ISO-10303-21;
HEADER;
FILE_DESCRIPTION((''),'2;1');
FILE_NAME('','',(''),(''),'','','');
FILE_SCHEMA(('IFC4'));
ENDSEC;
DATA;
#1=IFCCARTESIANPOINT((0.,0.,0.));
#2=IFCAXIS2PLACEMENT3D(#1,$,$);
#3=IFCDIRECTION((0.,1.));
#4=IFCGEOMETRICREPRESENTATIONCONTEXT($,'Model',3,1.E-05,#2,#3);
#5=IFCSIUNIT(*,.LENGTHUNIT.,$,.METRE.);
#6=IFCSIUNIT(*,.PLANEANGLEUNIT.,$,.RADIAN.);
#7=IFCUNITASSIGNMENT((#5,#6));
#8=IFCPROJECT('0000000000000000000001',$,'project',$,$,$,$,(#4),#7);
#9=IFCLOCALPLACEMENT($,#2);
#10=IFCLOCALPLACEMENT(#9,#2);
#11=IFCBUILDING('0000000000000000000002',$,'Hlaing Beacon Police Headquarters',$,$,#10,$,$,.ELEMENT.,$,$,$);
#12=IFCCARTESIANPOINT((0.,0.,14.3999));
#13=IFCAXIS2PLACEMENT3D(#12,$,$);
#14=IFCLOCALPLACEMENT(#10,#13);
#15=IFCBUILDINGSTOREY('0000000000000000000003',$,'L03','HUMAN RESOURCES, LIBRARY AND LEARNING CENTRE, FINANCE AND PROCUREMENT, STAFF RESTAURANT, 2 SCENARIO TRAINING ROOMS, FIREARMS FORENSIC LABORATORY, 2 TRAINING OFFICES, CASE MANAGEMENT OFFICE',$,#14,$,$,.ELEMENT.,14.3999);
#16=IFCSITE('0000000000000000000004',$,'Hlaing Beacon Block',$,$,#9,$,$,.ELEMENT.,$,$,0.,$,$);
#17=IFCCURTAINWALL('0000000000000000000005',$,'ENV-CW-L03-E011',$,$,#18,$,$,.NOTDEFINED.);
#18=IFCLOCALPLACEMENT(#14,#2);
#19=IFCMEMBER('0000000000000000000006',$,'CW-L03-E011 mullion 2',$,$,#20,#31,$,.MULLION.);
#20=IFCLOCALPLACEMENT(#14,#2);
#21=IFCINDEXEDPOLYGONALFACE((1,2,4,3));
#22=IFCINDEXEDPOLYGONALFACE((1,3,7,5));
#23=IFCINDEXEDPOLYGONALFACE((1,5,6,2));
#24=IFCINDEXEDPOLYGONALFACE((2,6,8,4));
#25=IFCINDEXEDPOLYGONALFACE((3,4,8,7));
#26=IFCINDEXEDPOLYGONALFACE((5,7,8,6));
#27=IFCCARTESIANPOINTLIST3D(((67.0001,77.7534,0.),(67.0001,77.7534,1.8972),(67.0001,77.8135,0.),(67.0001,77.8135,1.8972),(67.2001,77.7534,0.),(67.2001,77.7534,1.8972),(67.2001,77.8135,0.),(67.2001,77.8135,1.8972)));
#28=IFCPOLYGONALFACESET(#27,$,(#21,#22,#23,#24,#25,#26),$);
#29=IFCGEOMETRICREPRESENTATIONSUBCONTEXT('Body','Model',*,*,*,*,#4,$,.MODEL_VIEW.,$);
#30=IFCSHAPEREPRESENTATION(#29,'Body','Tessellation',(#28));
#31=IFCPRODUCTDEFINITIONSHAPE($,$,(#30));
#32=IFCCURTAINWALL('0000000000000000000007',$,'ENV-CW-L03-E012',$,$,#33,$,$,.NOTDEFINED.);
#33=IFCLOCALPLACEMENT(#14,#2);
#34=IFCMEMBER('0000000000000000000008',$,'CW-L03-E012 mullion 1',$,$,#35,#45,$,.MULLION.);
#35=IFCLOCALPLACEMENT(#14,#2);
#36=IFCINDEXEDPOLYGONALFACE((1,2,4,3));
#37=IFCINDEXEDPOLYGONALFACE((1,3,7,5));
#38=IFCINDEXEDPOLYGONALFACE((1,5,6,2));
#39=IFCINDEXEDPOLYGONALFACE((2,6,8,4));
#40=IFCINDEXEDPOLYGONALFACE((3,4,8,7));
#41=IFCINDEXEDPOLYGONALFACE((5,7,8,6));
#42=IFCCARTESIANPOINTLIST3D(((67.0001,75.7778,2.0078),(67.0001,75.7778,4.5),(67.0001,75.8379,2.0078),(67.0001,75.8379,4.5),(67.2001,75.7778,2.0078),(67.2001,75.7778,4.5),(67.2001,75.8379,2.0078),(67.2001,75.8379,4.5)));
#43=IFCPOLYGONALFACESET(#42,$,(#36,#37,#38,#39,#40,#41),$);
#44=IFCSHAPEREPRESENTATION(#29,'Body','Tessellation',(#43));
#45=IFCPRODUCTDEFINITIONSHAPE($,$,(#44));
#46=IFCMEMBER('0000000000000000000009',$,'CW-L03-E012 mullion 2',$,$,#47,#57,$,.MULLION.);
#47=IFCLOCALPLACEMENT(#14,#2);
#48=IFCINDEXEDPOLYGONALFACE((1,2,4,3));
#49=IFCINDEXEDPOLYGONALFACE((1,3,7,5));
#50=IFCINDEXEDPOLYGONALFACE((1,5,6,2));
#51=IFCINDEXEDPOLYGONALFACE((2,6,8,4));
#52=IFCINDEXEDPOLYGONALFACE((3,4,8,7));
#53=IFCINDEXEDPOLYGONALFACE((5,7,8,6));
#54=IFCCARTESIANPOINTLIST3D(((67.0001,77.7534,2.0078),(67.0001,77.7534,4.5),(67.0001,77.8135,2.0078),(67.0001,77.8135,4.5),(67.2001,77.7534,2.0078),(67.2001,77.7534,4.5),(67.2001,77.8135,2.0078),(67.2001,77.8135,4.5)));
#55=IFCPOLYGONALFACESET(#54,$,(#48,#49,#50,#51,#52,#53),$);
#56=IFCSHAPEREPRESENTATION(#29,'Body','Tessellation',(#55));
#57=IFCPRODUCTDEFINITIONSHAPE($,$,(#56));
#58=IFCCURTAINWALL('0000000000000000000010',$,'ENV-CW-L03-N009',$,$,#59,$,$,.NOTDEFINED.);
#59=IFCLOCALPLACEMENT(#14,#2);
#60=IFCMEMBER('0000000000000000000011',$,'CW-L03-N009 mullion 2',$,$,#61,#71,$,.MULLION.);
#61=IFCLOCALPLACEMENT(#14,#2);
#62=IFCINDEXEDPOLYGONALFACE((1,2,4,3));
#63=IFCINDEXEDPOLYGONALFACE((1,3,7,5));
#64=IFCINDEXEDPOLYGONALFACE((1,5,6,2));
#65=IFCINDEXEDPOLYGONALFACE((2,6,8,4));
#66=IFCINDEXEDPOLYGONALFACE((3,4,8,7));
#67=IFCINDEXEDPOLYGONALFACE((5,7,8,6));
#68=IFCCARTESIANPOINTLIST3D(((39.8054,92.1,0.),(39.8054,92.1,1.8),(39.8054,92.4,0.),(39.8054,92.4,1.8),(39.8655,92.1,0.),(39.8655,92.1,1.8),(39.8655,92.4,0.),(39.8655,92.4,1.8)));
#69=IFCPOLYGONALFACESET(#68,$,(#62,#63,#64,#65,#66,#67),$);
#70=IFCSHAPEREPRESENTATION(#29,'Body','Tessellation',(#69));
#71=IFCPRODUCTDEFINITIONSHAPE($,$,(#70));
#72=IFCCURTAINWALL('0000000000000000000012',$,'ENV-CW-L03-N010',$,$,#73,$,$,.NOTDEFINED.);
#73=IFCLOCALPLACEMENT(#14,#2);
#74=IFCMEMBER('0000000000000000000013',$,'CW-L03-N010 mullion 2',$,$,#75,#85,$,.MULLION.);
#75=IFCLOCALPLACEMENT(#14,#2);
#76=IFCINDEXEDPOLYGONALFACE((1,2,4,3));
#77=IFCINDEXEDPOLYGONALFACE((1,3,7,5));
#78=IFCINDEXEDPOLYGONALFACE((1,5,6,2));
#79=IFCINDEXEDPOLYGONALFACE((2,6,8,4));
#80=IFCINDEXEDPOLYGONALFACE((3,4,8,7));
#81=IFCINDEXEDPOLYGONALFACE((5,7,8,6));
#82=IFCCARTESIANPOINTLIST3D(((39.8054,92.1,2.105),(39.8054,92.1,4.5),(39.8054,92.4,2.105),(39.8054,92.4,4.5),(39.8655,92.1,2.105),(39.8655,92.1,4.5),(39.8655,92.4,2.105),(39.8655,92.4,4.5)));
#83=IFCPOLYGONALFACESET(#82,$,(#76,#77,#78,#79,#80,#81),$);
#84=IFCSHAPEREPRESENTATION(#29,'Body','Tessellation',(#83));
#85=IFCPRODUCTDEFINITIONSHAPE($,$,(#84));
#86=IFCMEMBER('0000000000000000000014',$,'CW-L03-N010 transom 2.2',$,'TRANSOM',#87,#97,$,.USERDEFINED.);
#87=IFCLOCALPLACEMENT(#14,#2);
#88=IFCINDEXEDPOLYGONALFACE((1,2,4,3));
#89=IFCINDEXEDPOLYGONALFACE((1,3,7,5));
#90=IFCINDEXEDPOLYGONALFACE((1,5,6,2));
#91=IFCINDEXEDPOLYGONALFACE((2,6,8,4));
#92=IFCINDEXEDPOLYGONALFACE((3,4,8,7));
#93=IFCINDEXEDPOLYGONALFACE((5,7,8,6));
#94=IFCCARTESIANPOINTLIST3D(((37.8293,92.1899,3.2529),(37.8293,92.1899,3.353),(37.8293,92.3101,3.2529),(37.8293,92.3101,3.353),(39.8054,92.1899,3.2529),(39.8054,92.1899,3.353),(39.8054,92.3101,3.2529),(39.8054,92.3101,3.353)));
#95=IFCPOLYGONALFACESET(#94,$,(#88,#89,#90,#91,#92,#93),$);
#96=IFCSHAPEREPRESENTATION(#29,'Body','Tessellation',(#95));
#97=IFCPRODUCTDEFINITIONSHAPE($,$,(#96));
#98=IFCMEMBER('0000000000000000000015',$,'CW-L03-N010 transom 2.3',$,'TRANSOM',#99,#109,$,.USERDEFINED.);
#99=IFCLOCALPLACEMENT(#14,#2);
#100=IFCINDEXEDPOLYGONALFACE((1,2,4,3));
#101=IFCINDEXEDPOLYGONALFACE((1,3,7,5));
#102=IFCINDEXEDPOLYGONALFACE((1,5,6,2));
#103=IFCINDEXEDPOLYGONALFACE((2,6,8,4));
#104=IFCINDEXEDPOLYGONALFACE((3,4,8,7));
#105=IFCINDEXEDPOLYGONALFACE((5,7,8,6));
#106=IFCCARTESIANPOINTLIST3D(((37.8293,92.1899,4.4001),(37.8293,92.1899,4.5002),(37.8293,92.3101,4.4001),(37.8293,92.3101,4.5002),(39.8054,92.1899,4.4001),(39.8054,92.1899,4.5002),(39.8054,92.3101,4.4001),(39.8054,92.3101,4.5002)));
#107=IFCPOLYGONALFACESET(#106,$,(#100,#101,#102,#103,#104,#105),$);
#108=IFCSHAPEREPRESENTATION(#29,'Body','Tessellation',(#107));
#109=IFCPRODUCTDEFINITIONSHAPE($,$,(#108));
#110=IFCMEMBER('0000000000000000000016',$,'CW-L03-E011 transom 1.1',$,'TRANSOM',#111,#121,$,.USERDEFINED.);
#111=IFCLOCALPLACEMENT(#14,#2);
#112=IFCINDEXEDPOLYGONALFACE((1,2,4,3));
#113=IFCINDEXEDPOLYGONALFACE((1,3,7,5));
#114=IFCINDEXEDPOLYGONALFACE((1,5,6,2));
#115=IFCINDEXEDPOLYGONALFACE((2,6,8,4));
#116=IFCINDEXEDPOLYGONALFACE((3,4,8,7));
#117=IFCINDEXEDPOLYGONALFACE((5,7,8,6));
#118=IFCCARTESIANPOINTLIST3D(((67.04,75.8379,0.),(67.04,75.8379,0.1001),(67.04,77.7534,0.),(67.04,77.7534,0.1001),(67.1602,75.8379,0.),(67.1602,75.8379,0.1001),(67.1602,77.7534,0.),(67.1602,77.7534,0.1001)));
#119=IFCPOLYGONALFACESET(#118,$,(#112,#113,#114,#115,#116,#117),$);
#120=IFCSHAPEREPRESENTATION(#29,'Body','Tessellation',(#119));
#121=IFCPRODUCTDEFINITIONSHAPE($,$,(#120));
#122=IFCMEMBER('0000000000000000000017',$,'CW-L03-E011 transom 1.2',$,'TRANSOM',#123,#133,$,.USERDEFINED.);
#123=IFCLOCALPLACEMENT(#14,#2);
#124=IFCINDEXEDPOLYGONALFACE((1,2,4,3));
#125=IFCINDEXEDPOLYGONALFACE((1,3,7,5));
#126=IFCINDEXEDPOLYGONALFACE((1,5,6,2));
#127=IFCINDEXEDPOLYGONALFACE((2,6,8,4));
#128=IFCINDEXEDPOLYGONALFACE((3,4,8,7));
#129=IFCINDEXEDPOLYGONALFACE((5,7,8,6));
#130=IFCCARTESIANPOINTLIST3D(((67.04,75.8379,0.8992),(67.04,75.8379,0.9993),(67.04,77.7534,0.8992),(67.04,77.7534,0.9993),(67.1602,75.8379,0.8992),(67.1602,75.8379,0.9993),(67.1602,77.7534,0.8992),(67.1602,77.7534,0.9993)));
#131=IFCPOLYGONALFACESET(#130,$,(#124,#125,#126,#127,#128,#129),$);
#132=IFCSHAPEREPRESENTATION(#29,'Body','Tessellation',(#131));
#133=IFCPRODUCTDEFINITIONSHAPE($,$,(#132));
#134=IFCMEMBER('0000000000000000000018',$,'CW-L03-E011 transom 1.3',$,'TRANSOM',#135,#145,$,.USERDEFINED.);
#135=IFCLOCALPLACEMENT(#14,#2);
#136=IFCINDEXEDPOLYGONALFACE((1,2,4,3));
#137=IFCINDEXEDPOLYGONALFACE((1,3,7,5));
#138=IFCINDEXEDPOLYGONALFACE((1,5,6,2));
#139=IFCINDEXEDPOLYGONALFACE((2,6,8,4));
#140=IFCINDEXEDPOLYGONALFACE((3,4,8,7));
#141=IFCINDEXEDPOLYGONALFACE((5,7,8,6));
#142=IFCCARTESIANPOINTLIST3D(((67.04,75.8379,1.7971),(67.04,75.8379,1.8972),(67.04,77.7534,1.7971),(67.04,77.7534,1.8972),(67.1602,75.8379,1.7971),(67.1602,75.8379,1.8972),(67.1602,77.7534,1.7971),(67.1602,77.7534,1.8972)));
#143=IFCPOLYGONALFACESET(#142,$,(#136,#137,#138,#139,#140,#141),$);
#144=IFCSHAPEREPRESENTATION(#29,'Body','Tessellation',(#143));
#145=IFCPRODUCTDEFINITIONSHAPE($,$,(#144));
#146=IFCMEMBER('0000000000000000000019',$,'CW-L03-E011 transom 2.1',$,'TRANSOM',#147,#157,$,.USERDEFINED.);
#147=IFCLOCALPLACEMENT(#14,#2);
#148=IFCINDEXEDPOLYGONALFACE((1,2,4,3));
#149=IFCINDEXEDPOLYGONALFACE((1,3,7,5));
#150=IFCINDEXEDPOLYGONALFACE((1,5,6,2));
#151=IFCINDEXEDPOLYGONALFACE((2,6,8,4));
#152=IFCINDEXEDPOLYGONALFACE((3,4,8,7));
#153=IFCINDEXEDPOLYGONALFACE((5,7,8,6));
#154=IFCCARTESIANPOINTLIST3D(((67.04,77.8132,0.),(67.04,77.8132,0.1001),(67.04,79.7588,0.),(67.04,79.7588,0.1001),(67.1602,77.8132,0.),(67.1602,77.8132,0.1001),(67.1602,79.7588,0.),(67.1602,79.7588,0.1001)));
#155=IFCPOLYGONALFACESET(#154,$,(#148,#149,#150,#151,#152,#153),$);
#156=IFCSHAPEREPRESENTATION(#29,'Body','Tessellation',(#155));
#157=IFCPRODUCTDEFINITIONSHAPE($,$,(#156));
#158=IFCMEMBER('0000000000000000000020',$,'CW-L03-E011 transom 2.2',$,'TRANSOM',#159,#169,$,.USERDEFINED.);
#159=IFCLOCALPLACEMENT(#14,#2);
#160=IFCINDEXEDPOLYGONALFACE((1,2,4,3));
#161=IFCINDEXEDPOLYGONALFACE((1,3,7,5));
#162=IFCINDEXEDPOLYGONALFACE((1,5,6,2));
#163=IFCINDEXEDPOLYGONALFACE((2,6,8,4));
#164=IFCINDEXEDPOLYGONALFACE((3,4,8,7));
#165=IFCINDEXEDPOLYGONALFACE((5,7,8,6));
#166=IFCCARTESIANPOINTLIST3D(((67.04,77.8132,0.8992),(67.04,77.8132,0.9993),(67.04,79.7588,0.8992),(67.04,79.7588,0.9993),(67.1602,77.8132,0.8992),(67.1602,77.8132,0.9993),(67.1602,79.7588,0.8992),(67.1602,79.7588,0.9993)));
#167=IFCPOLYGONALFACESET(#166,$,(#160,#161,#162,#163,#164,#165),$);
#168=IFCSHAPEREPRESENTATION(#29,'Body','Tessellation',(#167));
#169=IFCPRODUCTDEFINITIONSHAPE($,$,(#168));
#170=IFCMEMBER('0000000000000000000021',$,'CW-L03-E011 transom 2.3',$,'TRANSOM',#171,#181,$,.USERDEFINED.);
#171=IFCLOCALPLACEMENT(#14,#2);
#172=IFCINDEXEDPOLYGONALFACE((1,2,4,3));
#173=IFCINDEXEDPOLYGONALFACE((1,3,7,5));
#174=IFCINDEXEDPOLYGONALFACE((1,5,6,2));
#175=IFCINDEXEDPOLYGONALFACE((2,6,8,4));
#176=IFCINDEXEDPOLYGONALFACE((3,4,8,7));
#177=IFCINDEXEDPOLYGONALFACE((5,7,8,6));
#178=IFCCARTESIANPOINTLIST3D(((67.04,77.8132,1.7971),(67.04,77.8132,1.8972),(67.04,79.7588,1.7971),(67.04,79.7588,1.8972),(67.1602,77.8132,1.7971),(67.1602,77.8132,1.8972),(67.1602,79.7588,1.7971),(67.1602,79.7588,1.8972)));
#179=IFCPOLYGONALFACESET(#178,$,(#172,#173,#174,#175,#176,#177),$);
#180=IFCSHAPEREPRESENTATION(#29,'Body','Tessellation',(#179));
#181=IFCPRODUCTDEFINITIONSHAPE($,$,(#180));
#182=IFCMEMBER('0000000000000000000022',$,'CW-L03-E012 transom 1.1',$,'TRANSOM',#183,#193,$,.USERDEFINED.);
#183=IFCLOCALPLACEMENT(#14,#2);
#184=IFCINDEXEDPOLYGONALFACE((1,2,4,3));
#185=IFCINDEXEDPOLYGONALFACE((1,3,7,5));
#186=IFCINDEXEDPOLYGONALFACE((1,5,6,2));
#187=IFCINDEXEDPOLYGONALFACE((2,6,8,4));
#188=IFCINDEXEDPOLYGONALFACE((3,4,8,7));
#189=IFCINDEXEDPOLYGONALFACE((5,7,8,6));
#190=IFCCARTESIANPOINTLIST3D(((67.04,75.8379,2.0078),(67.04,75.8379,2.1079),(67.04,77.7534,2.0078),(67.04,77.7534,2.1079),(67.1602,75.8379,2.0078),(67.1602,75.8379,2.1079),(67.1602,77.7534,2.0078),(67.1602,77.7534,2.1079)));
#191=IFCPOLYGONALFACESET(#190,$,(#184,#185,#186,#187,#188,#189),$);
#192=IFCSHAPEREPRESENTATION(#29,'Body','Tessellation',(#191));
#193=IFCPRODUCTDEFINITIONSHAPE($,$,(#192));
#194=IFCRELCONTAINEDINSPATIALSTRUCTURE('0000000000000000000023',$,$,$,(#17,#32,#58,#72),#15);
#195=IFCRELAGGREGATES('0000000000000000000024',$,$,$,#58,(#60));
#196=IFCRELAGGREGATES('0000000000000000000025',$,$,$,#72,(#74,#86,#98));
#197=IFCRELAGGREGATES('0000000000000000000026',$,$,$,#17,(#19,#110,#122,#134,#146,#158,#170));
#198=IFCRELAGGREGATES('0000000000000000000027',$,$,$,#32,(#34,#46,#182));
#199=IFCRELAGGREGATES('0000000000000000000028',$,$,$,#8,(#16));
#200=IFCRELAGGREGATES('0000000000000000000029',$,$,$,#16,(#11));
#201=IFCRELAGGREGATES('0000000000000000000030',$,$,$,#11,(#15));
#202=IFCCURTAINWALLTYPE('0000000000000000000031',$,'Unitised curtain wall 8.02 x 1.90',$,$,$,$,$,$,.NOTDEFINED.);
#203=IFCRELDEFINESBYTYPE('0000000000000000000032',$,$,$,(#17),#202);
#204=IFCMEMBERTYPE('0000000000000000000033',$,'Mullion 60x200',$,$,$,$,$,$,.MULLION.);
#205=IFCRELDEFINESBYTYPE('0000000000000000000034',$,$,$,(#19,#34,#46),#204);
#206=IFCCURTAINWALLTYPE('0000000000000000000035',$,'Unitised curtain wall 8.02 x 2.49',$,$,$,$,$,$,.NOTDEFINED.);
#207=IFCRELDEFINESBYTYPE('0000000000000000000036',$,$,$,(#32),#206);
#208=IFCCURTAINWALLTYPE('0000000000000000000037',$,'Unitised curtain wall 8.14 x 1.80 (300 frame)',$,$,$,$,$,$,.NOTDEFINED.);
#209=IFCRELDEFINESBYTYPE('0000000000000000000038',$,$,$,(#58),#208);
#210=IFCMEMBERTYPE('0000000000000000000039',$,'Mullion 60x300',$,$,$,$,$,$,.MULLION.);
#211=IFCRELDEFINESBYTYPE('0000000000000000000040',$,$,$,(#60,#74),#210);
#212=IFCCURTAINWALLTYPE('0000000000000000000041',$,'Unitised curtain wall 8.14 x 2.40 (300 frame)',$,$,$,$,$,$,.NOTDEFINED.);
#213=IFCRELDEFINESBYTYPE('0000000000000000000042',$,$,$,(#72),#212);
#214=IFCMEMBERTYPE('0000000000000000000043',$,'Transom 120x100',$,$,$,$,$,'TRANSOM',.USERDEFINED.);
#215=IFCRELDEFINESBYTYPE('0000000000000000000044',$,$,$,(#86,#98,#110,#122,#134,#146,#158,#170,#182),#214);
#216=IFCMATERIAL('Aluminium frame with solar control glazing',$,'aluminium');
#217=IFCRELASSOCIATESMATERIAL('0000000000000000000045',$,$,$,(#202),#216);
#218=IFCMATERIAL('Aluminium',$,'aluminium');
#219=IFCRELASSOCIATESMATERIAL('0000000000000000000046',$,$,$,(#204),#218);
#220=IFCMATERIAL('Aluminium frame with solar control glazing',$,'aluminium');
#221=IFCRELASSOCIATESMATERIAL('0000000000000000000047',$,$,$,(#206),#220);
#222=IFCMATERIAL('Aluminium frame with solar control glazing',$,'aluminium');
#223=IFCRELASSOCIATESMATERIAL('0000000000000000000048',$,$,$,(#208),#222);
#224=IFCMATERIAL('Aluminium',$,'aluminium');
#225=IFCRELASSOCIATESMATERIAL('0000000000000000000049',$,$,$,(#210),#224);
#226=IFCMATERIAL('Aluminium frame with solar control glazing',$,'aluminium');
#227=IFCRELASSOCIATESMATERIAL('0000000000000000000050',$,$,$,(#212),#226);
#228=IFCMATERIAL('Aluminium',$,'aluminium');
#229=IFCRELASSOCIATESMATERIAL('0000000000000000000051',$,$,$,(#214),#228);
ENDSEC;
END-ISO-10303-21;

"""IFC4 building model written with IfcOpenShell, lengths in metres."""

from ifc_helpers import new_model, si_unit, direction, frame, origin, origin_2d, place, context, subcontext, project, spatial, rectangle, extrude, material, material_profile, profile_set, type_object, element, aggregate, save


model = new_model("IFC4")

# Units and contexts
model_context = context("Model", 3, precision=1e-05, world=origin(), true_north=direction((0.0, 1.0)))
body_context = subcontext(model_context, "Body", "Model", "MODEL_VIEW")
ifc_project = project(units=[si_unit("LENGTHUNIT", "METRE"), si_unit("PLANEANGLEUNIT", "RADIAN")], contexts=[model_context])

# Site, building, storey
site_placement = place(None, origin())
site = spatial("IfcSite", under=ifc_project, at=site_placement, Name="Hlaing Beacon Block", CompositionType="ELEMENT", RefElevation=0.0)
building_placement = place(site_placement, origin())
building = spatial("IfcBuilding", under=site, at=building_placement, Name="Hlaing Beacon Police Headquarters", CompositionType="ELEMENT")
storey_placement = place(building_placement, frame((0.0, 0.0, 14.3999)))
storey = spatial("IfcBuildingStorey", under=building, at=storey_placement, Name="L03", Description="HUMAN RESOURCES, LIBRARY AND LEARNING CENTRE, FINANCE AND PROCUREMENT, STAFF RESTAURANT, 2 SCENARIO TRAINING ROOMS, FIREARMS FORENSIC LABORATORY, 2 TRAINING OFFICES, CASE MANAGEMENT OFFICE", CompositionType="ELEMENT", Elevation=14.3999)

# Curtain wall, member
ifc_material_1 = material(Name="Aluminium frame with solar control glazing", Category="aluminium")
curtain_wall_type_1 = type_object("IfcCurtainWallType", Name="Unitised curtain wall 8.02 x 1.90", PredefinedType="NOTDEFINED", material=ifc_material_1)
curtain_wall_1_placement = place(storey_placement, origin())
curtain_wall_1 = element("IfcCurtainWall", 1, at=curtain_wall_1_placement, inside=storey, type_object=curtain_wall_type_1, Name="ENV-CW-L03-E011", PredefinedType="NOTDEFINED")
ifc_material_2 = material(Name="Aluminium", Category="aluminium")
ifc_material_profile_1 = material_profile(ifc_material_2, rectangle(XDim=0.2, YDim=0.0601, at=origin_2d()), Name="Mullion 60x200")
ifc_profile_set_1 = profile_set([ifc_material_profile_1], Name="Aluminium")
member_type_1 = type_object("IfcMemberType", Name="Mullion 60x200", PredefinedType="MULLION", material=ifc_profile_set_1)
member_1_placement = place(storey_placement, frame((67.1001, 77.7834, 0.0), z_axis=(0.0, 0.0, 1.0), x_axis=(-1.0, 0.0, 0.0)))
member_1 = element("IfcMember", 2, at=member_1_placement, type_object=member_type_1, Name="CW-L03-E011 mullion 2", PredefinedType="MULLION", context=body_context, shape_type="SweptSolid", body=[
    extrude(rectangle(XDim=0.2, YDim=0.0601, at=origin_2d()), origin(), (0.0, 0.0, 1.0), 1.8972),
])

# Curtain wall, members
ifc_material_3 = material(Name="Aluminium frame with solar control glazing", Category="aluminium")
curtain_wall_type_2 = type_object("IfcCurtainWallType", Name="Unitised curtain wall 8.02 x 2.49", PredefinedType="NOTDEFINED", material=ifc_material_3)
curtain_wall_2_placement = place(storey_placement, origin())
curtain_wall_2 = element("IfcCurtainWall", 3, at=curtain_wall_2_placement, inside=storey, type_object=curtain_wall_type_2, Name="ENV-CW-L03-E012", PredefinedType="NOTDEFINED")
member_2_placement = place(storey_placement, frame((67.1001, 75.8079, 2.0078), z_axis=(0.0, 0.0, 1.0), x_axis=(-1.0, 0.0, 0.0)))
member_2 = element("IfcMember", 4, at=member_2_placement, type_object=member_type_1, Name="CW-L03-E012 mullion 1", PredefinedType="MULLION", context=body_context, shape_type="SweptSolid", body=[
    extrude(rectangle(XDim=0.2, YDim=0.0601, at=origin_2d()), origin(), (0.0, 0.0, 1.0), 2.4922),
])
member_3_placement = place(storey_placement, frame((67.1001, 77.7834, 2.0078), z_axis=(0.0, 0.0, 1.0), x_axis=(-1.0, 0.0, 0.0)))
member_3 = element("IfcMember", 5, at=member_3_placement, type_object=member_type_1, Name="CW-L03-E012 mullion 2", PredefinedType="MULLION", context=body_context, shape_type="SweptSolid", body=[
    extrude(rectangle(XDim=0.2, YDim=0.0601, at=origin_2d()), origin(), (0.0, 0.0, 1.0), 2.4922),
])

# Curtain wall, member
ifc_material_4 = material(Name="Aluminium frame with solar control glazing", Category="aluminium")
curtain_wall_type_3 = type_object("IfcCurtainWallType", Name="Unitised curtain wall 8.14 x 1.80 (300 frame)", PredefinedType="NOTDEFINED", material=ifc_material_4)
curtain_wall_3_placement = place(storey_placement, origin())
curtain_wall_3 = element("IfcCurtainWall", 6, at=curtain_wall_3_placement, inside=storey, type_object=curtain_wall_type_3, Name="ENV-CW-L03-N009", PredefinedType="NOTDEFINED")
ifc_material_5 = material(Name="Aluminium", Category="aluminium")
ifc_material_profile_2 = material_profile(ifc_material_5, rectangle(XDim=0.3, YDim=0.0601, at=origin_2d()), Name="Mullion 60x300")
ifc_profile_set_2 = profile_set([ifc_material_profile_2], Name="Aluminium")
member_type_2 = type_object("IfcMemberType", Name="Mullion 60x300", PredefinedType="MULLION", material=ifc_profile_set_2)
member_4_placement = place(storey_placement, frame((39.8354, 92.25, 0.0), z_axis=(0.0, 0.0, 1.0), x_axis=(0.0, -1.0, 0.0)))
member_4 = element("IfcMember", 7, at=member_4_placement, type_object=member_type_2, Name="CW-L03-N009 mullion 2", PredefinedType="MULLION", context=body_context, shape_type="SweptSolid", body=[
    extrude(rectangle(XDim=0.3, YDim=0.0601, at=origin_2d()), origin(), (0.0, 0.0, 1.0), 1.8),
])
aggregate(curtain_wall_3, [member_4])

# Curtain wall, members
ifc_material_6 = material(Name="Aluminium frame with solar control glazing", Category="aluminium")
curtain_wall_type_4 = type_object("IfcCurtainWallType", Name="Unitised curtain wall 8.14 x 2.40 (300 frame)", PredefinedType="NOTDEFINED", material=ifc_material_6)
curtain_wall_4_placement = place(storey_placement, origin())
curtain_wall_4 = element("IfcCurtainWall", 8, at=curtain_wall_4_placement, inside=storey, type_object=curtain_wall_type_4, Name="ENV-CW-L03-N010", PredefinedType="NOTDEFINED")
member_5_placement = place(storey_placement, frame((39.8354, 92.25, 2.105), z_axis=(0.0, 0.0, 1.0), x_axis=(0.0, -1.0, 0.0)))
member_5 = element("IfcMember", 9, at=member_5_placement, type_object=member_type_2, Name="CW-L03-N010 mullion 2", PredefinedType="MULLION", context=body_context, shape_type="SweptSolid", body=[
    extrude(rectangle(XDim=0.3, YDim=0.0601, at=origin_2d()), origin(), (0.0, 0.0, 1.0), 2.395),
])
ifc_material_7 = material(Name="Aluminium", Category="aluminium")
ifc_material_profile_3 = material_profile(ifc_material_7, rectangle(XDim=0.1201, YDim=0.1001, at=origin_2d()), Name="Transom 120x100")
ifc_profile_set_3 = profile_set([ifc_material_profile_3], Name="Aluminium")
member_type_3 = type_object("IfcMemberType", Name="Transom 120x100", ElementType="TRANSOM", PredefinedType="USERDEFINED", material=ifc_profile_set_3)
member_6_placement = place(storey_placement, frame((39.8054, 92.25, 3.303), z_axis=(-1.0, 0.0, 0.0), x_axis=(0.0, -1.0, 0.0)))
member_6 = element("IfcMember", 10, at=member_6_placement, type_object=member_type_3, Name="CW-L03-N010 transom 2.2", ObjectType="TRANSOM", PredefinedType="USERDEFINED", context=body_context, shape_type="SweptSolid", body=[
    extrude(rectangle(XDim=0.1201, YDim=0.1001, at=origin_2d()), origin(), (0.0, 0.0, 1.0), 1.9761),
])
member_7_placement = place(storey_placement, frame((39.8054, 92.25, 4.4502), z_axis=(-1.0, 0.0, 0.0), x_axis=(0.0, -1.0, 0.0)))
member_7 = element("IfcMember", 11, at=member_7_placement, type_object=member_type_3, Name="CW-L03-N010 transom 2.3", ObjectType="TRANSOM", PredefinedType="USERDEFINED", context=body_context, shape_type="SweptSolid", body=[
    extrude(rectangle(XDim=0.1201, YDim=0.1001, at=origin_2d()), origin(), (0.0, 0.0, 1.0), 1.9761),
])
aggregate(curtain_wall_4, [member_5, member_6, member_7])

# Members
member_8_placement = place(storey_placement, frame((67.1001, 75.8379, 0.05), z_axis=(0.0, 1.0, 0.0), x_axis=(-1.0, 0.0, 0.0)))
member_8 = element("IfcMember", 12, at=member_8_placement, type_object=member_type_3, Name="CW-L03-E011 transom 1.1", ObjectType="TRANSOM", PredefinedType="USERDEFINED", context=body_context, shape_type="SweptSolid", body=[
    extrude(rectangle(XDim=0.1201, YDim=0.1001, at=origin_2d()), origin(), (0.0, 0.0, 1.0), 1.9155),
])
member_9_placement = place(storey_placement, frame((67.1001, 75.8379, 0.9492), z_axis=(0.0, 1.0, 0.0), x_axis=(-1.0, 0.0, 0.0)))
member_9 = element("IfcMember", 13, at=member_9_placement, type_object=member_type_3, Name="CW-L03-E011 transom 1.2", ObjectType="TRANSOM", PredefinedType="USERDEFINED", context=body_context, shape_type="SweptSolid", body=[
    extrude(rectangle(XDim=0.1201, YDim=0.1001, at=origin_2d()), origin(), (0.0, 0.0, 1.0), 1.9155),
])
member_10_placement = place(storey_placement, frame((67.1001, 75.8379, 1.8472), z_axis=(0.0, 1.0, 0.0), x_axis=(-1.0, 0.0, 0.0)))
member_10 = element("IfcMember", 14, at=member_10_placement, type_object=member_type_3, Name="CW-L03-E011 transom 1.3", ObjectType="TRANSOM", PredefinedType="USERDEFINED", context=body_context, shape_type="SweptSolid", body=[
    extrude(rectangle(XDim=0.1201, YDim=0.1001, at=origin_2d()), origin(), (0.0, 0.0, 1.0), 1.9155),
])
member_11_placement = place(storey_placement, frame((67.1001, 77.8132, 0.05), z_axis=(0.0, 1.0, 0.0), x_axis=(-1.0, 0.0, 0.0)))
member_11 = element("IfcMember", 15, at=member_11_placement, type_object=member_type_3, Name="CW-L03-E011 transom 2.1", ObjectType="TRANSOM", PredefinedType="USERDEFINED", context=body_context, shape_type="SweptSolid", body=[
    extrude(rectangle(XDim=0.1201, YDim=0.1001, at=origin_2d()), origin(), (0.0, 0.0, 1.0), 1.9456),
])
member_12_placement = place(storey_placement, frame((67.1001, 77.8132, 0.9492), z_axis=(0.0, 1.0, 0.0), x_axis=(-1.0, 0.0, 0.0)))
member_12 = element("IfcMember", 16, at=member_12_placement, type_object=member_type_3, Name="CW-L03-E011 transom 2.2", ObjectType="TRANSOM", PredefinedType="USERDEFINED", context=body_context, shape_type="SweptSolid", body=[
    extrude(rectangle(XDim=0.1201, YDim=0.1001, at=origin_2d()), origin(), (0.0, 0.0, 1.0), 1.9456),
])
member_13_placement = place(storey_placement, frame((67.1001, 77.8132, 1.8472), z_axis=(0.0, 1.0, 0.0), x_axis=(-1.0, 0.0, 0.0)))
member_13 = element("IfcMember", 17, at=member_13_placement, type_object=member_type_3, Name="CW-L03-E011 transom 2.3", ObjectType="TRANSOM", PredefinedType="USERDEFINED", context=body_context, shape_type="SweptSolid", body=[
    extrude(rectangle(XDim=0.1201, YDim=0.1001, at=origin_2d()), origin(), (0.0, 0.0, 1.0), 1.9456),
])
member_14_placement = place(storey_placement, frame((67.1001, 75.8379, 2.0579), z_axis=(0.0, 1.0, 0.0), x_axis=(-1.0, 0.0, 0.0)))
member_14 = element("IfcMember", 18, at=member_14_placement, type_object=member_type_3, Name="CW-L03-E012 transom 1.1", ObjectType="TRANSOM", PredefinedType="USERDEFINED", context=body_context, shape_type="SweptSolid", body=[
    extrude(rectangle(XDim=0.1201, YDim=0.1001, at=origin_2d()), origin(), (0.0, 0.0, 1.0), 1.9155),
])

aggregate(curtain_wall_1, [member_1, member_8, member_9, member_10, member_11, member_12, member_13])
aggregate(curtain_wall_2, [member_2, member_3, member_14])

save(model, "model.ifc")
